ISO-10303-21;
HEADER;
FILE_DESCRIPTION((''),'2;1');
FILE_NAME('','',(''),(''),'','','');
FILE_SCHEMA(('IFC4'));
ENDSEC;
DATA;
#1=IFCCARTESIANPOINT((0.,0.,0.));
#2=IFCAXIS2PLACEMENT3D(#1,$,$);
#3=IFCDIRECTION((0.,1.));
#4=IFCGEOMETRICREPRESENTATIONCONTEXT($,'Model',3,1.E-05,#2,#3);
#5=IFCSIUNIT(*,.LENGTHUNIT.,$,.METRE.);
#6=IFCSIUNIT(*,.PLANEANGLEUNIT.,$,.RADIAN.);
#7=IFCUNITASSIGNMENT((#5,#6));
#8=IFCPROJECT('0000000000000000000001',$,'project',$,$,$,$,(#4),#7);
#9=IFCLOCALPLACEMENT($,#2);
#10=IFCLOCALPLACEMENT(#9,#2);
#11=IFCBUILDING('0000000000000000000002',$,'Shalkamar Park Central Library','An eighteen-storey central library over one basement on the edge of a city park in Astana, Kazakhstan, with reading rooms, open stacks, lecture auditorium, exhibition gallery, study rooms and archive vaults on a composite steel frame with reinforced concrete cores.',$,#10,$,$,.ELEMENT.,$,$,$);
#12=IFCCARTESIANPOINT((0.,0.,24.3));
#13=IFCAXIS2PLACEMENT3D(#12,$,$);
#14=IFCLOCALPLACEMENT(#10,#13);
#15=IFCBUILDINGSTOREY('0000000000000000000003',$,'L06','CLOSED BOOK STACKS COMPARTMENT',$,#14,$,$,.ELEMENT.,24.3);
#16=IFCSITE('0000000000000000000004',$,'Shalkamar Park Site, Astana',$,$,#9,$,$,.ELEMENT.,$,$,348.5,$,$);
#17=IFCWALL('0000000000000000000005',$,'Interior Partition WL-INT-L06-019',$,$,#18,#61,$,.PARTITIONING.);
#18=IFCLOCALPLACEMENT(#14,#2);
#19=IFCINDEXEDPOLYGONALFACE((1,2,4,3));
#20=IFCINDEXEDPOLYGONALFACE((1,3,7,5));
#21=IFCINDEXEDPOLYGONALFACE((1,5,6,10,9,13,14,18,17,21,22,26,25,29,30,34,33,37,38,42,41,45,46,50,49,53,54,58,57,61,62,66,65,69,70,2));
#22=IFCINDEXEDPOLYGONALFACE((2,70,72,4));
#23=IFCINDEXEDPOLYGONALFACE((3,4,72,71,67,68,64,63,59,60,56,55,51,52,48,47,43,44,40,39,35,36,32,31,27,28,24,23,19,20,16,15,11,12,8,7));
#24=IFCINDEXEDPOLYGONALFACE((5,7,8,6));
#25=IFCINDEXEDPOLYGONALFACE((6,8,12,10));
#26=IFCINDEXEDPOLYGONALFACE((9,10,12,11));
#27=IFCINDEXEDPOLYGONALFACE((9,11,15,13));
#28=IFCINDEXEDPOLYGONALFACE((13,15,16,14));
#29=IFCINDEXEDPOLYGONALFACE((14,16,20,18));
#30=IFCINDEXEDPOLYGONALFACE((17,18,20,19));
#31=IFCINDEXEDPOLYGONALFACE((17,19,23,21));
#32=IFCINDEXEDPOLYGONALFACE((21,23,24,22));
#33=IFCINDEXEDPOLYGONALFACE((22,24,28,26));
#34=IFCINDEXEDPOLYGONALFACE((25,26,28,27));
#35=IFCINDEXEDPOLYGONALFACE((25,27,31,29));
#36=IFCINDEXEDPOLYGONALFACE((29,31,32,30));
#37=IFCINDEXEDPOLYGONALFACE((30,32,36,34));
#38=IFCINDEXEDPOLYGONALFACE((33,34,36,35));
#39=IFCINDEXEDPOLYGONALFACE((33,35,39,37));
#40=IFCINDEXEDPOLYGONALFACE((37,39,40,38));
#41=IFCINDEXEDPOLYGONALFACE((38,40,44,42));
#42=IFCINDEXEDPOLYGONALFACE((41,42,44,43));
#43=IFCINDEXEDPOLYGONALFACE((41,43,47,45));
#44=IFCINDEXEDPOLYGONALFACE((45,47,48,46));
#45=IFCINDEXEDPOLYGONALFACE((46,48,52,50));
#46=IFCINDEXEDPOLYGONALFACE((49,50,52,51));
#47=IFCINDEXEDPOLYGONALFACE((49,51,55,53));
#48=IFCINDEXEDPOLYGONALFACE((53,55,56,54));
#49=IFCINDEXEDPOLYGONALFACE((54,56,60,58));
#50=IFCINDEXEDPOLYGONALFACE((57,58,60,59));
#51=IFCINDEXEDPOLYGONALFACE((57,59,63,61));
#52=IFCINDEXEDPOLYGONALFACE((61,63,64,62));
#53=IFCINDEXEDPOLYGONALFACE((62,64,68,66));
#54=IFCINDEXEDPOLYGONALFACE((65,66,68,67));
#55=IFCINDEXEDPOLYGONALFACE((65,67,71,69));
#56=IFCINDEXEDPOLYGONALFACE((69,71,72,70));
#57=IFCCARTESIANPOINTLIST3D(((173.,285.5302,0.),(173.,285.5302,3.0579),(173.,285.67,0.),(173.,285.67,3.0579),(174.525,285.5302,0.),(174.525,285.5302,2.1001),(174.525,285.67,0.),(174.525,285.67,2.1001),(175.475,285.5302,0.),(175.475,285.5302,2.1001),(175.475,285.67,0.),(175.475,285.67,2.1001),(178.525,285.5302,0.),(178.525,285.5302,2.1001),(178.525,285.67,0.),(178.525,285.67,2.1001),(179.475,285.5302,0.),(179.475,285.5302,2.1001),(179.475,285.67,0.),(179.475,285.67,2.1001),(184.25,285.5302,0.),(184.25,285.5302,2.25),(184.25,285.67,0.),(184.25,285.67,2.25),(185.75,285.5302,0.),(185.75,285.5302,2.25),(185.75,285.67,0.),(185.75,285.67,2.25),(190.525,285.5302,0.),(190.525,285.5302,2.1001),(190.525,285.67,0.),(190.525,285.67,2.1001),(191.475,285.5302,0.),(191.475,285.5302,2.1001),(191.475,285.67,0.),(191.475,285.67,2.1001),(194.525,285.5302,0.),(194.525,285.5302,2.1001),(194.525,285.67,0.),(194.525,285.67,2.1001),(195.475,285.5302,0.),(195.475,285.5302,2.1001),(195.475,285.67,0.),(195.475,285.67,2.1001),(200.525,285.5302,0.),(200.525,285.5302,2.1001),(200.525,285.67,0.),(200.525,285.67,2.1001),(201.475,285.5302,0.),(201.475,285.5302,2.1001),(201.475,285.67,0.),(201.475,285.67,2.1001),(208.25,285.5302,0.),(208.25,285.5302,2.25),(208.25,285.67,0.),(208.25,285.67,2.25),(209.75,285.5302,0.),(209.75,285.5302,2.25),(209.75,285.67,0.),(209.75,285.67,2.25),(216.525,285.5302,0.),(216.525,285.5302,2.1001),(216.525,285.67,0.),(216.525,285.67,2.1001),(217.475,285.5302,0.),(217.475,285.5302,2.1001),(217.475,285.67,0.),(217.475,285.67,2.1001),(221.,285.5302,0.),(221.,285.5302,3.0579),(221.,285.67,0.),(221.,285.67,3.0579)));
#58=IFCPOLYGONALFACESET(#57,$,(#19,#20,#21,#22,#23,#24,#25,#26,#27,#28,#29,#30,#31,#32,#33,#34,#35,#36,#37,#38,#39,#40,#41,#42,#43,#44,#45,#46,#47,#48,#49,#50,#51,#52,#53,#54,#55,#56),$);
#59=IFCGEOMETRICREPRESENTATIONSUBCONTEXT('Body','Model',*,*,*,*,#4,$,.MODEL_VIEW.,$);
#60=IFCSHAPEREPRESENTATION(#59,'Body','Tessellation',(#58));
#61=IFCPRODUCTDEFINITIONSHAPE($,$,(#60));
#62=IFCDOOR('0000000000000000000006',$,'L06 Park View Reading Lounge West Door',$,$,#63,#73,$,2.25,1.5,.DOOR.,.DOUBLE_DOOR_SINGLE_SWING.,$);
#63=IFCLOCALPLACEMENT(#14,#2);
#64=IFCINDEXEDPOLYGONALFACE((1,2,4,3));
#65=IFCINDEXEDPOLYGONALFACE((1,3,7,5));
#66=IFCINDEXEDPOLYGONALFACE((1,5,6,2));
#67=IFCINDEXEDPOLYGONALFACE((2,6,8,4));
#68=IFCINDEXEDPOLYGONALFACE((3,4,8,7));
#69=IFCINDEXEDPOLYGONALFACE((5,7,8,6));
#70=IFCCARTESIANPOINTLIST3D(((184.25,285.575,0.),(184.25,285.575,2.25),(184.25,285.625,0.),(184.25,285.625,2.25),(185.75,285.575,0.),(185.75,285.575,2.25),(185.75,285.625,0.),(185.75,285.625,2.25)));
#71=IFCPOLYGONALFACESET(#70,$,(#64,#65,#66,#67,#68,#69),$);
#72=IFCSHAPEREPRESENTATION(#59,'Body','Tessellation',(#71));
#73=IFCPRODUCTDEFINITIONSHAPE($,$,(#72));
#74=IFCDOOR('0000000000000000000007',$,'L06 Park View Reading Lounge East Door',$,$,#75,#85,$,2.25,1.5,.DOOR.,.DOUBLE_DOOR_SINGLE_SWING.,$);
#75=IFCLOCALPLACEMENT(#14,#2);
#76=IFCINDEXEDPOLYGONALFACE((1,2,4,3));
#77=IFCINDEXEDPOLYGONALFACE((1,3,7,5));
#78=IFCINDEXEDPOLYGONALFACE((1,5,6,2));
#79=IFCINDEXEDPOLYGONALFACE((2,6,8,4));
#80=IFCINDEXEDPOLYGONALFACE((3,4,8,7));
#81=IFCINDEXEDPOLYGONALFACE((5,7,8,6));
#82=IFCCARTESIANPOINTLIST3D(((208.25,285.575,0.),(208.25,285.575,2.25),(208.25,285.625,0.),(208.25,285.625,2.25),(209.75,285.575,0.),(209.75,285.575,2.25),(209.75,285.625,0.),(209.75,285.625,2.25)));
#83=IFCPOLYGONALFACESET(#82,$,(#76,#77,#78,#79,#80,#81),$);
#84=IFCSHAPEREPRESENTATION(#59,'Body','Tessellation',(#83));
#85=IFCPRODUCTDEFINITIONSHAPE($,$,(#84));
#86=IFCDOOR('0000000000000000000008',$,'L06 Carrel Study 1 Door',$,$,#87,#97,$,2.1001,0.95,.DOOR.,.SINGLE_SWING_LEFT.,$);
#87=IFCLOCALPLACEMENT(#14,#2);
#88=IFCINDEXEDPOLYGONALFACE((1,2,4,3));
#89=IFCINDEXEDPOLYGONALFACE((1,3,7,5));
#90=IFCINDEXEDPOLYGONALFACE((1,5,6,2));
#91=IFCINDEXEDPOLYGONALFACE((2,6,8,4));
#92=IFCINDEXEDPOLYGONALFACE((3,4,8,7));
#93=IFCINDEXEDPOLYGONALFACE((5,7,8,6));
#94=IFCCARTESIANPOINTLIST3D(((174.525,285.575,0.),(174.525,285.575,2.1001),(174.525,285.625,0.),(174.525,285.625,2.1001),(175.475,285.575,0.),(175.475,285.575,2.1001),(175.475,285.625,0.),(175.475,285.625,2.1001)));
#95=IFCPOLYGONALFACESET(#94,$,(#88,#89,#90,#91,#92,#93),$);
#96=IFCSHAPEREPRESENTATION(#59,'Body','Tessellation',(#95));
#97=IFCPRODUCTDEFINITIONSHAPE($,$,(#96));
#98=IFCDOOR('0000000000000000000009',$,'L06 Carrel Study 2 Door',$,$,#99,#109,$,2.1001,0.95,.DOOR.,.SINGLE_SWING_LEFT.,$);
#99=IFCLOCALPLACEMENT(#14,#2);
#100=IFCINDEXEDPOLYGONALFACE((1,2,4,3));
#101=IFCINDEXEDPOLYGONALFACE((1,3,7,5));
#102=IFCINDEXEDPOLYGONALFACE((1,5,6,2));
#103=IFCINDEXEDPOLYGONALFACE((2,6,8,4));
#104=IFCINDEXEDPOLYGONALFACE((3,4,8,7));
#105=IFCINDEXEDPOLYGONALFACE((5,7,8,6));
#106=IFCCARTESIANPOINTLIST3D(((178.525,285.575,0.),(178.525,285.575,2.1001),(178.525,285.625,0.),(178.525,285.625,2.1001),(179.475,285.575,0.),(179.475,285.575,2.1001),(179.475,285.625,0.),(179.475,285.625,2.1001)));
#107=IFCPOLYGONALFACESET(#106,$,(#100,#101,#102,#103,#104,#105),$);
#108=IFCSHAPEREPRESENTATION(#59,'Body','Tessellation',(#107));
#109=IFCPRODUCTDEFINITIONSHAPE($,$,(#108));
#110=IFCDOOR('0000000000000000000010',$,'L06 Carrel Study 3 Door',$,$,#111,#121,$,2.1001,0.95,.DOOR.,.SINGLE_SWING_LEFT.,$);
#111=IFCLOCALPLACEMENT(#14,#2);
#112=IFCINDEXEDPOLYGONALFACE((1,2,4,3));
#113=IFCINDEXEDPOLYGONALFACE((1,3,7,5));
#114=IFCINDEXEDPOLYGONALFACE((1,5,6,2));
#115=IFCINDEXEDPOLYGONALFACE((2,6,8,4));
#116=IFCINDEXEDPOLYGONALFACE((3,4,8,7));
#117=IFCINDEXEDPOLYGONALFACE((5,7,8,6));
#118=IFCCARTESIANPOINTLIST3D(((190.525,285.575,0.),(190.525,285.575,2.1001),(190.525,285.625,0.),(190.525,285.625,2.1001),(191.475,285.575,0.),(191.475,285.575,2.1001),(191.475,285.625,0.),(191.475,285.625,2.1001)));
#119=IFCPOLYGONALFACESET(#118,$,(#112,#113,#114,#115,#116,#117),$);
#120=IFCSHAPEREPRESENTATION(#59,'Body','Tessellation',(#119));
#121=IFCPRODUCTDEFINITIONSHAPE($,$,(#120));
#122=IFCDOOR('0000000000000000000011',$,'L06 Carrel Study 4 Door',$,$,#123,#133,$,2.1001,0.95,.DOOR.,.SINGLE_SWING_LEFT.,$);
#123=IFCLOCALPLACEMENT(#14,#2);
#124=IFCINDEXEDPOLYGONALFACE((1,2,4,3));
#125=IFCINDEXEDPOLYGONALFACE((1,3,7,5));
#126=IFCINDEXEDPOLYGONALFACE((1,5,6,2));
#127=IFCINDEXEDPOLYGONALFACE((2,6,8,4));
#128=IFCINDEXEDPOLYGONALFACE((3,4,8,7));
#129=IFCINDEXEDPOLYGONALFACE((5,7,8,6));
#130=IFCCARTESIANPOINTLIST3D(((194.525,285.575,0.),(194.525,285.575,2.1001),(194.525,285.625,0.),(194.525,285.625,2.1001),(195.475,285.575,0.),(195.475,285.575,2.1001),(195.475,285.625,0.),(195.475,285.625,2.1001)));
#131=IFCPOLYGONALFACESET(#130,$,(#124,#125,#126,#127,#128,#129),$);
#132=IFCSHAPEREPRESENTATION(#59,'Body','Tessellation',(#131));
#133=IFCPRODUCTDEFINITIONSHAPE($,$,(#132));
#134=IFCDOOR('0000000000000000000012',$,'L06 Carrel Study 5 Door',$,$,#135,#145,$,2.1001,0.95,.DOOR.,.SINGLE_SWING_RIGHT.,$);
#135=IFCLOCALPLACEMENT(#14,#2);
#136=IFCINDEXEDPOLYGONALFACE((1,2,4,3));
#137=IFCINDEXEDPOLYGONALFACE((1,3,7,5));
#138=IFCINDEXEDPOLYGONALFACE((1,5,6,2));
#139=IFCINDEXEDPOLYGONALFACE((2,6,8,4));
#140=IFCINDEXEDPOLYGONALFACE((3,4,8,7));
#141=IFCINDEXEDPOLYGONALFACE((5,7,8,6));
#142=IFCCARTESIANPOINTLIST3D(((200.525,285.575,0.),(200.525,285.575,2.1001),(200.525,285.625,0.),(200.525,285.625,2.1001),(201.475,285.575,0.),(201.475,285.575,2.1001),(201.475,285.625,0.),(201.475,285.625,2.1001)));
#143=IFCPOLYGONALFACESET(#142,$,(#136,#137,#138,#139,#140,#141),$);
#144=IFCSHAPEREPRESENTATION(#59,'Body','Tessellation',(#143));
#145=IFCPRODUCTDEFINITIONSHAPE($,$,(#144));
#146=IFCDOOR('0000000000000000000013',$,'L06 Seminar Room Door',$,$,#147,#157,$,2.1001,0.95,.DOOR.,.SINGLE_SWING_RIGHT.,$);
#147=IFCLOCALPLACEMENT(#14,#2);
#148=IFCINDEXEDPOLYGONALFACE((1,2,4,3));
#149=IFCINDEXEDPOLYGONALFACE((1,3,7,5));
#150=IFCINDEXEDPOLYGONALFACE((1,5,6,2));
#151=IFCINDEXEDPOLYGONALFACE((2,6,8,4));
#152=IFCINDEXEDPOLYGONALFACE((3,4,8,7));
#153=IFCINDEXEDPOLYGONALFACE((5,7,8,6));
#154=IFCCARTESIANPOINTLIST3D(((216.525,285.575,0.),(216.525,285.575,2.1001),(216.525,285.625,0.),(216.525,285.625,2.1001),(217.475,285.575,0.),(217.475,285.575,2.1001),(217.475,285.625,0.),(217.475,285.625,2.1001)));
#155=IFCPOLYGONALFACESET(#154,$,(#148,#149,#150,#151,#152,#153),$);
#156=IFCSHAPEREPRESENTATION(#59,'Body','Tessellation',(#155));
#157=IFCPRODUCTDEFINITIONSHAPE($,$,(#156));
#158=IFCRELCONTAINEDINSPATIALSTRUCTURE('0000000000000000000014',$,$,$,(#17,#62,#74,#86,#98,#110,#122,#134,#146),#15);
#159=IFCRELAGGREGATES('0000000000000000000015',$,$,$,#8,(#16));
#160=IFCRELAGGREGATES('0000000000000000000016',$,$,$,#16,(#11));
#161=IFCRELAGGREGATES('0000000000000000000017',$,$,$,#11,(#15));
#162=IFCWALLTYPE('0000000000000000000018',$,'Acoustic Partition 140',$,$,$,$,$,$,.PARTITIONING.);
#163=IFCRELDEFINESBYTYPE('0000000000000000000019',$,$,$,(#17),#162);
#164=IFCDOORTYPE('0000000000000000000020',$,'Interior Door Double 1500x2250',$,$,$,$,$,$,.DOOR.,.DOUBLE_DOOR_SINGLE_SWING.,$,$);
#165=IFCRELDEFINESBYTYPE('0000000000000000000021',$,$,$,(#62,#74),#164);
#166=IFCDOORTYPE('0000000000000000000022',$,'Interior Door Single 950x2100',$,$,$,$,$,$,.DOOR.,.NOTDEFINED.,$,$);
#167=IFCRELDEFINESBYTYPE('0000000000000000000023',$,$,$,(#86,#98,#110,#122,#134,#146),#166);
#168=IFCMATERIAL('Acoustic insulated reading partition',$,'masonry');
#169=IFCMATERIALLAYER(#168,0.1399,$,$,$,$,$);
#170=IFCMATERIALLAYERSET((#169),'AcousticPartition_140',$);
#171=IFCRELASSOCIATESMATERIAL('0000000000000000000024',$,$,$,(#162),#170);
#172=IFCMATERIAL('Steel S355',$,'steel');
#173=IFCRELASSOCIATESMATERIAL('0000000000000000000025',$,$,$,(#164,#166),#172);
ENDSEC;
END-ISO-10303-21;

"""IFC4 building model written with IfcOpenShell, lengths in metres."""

from ifc_helpers import new_model, si_unit, direction, frame, frame_2d, origin, place, context, subcontext, project, spatial, rectangle, extrude, material, layer, layer_set, type_object, element, fill, save


model = new_model("IFC4")

# Units and contexts
model_context = context("Model", 3, precision=1e-05, world=origin(), true_north=direction((0.0, 1.0)))
body_context = subcontext(model_context, "Body", "Model", "MODEL_VIEW")
ifc_project = project(units=[si_unit("LENGTHUNIT", "METRE"), si_unit("PLANEANGLEUNIT", "RADIAN")], contexts=[model_context])

# Site, building, storey
site_placement = place(None, origin())
site = spatial("IfcSite", under=ifc_project, at=site_placement, Name="Shalkamar Park Site, Astana", CompositionType="ELEMENT", RefElevation=348.5)
building_placement = place(site_placement, origin())
building = spatial("IfcBuilding", under=site, at=building_placement, Name="Shalkamar Park Central Library", Description="An eighteen-storey central library over one basement on the edge of a city park in Astana, Kazakhstan, with reading rooms, open stacks, lecture auditorium, exhibition gallery, study rooms and archive vaults on a composite steel frame with reinforced concrete cores.", CompositionType="ELEMENT")
storey_placement = place(building_placement, frame((0.0, 0.0, 24.3)))
storey = spatial("IfcBuildingStorey", under=building, at=storey_placement, Name="L06", Description="CLOSED BOOK STACKS COMPARTMENT", CompositionType="ELEMENT", Elevation=24.3)

# Shared definitions
ifc_material_1 = material(Name="Steel S355", Category="steel")

# Wall, openings, doors
ifc_material_2 = material(Name="Acoustic insulated reading partition", Category="masonry")
ifc_layer_1 = layer(ifc_material_2, 0.1399)
ifc_layer_set_1 = layer_set([ifc_layer_1], Name="AcousticPartition_140")
wall_type_1 = type_object("IfcWallType", Name="Acoustic Partition 140", PredefinedType="PARTITIONING", material=ifc_layer_set_1)
wall_1_placement = place(storey_placement, frame((173.0, 285.6001, 0.0), z_axis=(0.0, 0.0, 1.0), x_axis=(1.0, 0.0, 0.0)))
wall_1 = element("IfcWall", 1, at=wall_1_placement, inside=storey, type_object=wall_type_1, Name="Interior Partition WL-INT-L06-019", PredefinedType="PARTITIONING", context=body_context, shape_type="SweptSolid", body=[
    extrude(rectangle(XDim=48.0, YDim=0.1399, at=frame_2d((24.0, 0.0))), origin(), (0.0, 0.0, 1.0), 3.0579),
])
opening_1_placement = place(wall_1_placement, frame((1.5249, 0.0, 0.0)))
opening_1 = element("IfcOpeningElement", 2, at=opening_1_placement, cuts=wall_1, PredefinedType="OPENING", context=body_context, shape_type="SweptSolid", body=[
    extrude(rectangle(XDim=0.95, YDim=2.1001, at=frame_2d((0.4751, 1.05))), frame((0.0, 0.085, 0.0), z_axis=(0.0, -1.0, 0.0), x_axis=(1.0, 0.0, 0.0)), (0.0, 0.0, 1.0), 0.1697),
])
opening_2_placement = place(wall_1_placement, frame((5.5249, 0.0, 0.0)))
opening_2 = element("IfcOpeningElement", 3, at=opening_2_placement, cuts=wall_1, PredefinedType="OPENING", context=body_context, shape_type="SweptSolid", body=[
    extrude(rectangle(XDim=0.95, YDim=2.1001, at=frame_2d((0.4751, 1.05))), frame((0.0, 0.085, 0.0), z_axis=(0.0, -1.0, 0.0), x_axis=(1.0, 0.0, 0.0)), (0.0, 0.0, 1.0), 0.1697),
])
opening_3_placement = place(wall_1_placement, frame((11.25, 0.0, 0.0)))
opening_3 = element("IfcOpeningElement", 4, at=opening_3_placement, cuts=wall_1, PredefinedType="OPENING", context=body_context, shape_type="SweptSolid", body=[
    extrude(rectangle(XDim=1.5, YDim=2.25, at=frame_2d((0.75, 1.125))), frame((0.0, 0.085, 0.0), z_axis=(0.0, -1.0, 0.0), x_axis=(1.0, 0.0, 0.0)), (0.0, 0.0, 1.0), 0.1697),
])
opening_4_placement = place(wall_1_placement, frame((17.5249, 0.0, 0.0)))
opening_4 = element("IfcOpeningElement", 5, at=opening_4_placement, cuts=wall_1, PredefinedType="OPENING", context=body_context, shape_type="SweptSolid", body=[
    extrude(rectangle(XDim=0.95, YDim=2.1001, at=frame_2d((0.4751, 1.05))), frame((0.0, 0.085, 0.0), z_axis=(0.0, -1.0, 0.0), x_axis=(1.0, 0.0, 0.0)), (0.0, 0.0, 1.0), 0.1697),
])
opening_5_placement = place(wall_1_placement, frame((21.5249, 0.0, 0.0)))
opening_5 = element("IfcOpeningElement", 6, at=opening_5_placement, cuts=wall_1, PredefinedType="OPENING", context=body_context, shape_type="SweptSolid", body=[
    extrude(rectangle(XDim=0.95, YDim=2.1001, at=frame_2d((0.4751, 1.05))), frame((0.0, 0.085, 0.0), z_axis=(0.0, -1.0, 0.0), x_axis=(1.0, 0.0, 0.0)), (0.0, 0.0, 1.0), 0.1697),
])
opening_6_placement = place(wall_1_placement, frame((27.5249, 0.0, 0.0)))
opening_6 = element("IfcOpeningElement", 7, at=opening_6_placement, cuts=wall_1, PredefinedType="OPENING", context=body_context, shape_type="SweptSolid", body=[
    extrude(rectangle(XDim=0.95, YDim=2.1001, at=frame_2d((0.4751, 1.05))), frame((0.0, 0.085, 0.0), z_axis=(0.0, -1.0, 0.0), x_axis=(1.0, 0.0, 0.0)), (0.0, 0.0, 1.0), 0.1697),
])
opening_7_placement = place(wall_1_placement, frame((35.25, 0.0, 0.0)))
opening_7 = element("IfcOpeningElement", 8, at=opening_7_placement, cuts=wall_1, PredefinedType="OPENING", context=body_context, shape_type="SweptSolid", body=[
    extrude(rectangle(XDim=1.5, YDim=2.25, at=frame_2d((0.75, 1.125))), frame((0.0, 0.085, 0.0), z_axis=(0.0, -1.0, 0.0), x_axis=(1.0, 0.0, 0.0)), (0.0, 0.0, 1.0), 0.1697),
])
opening_8_placement = place(wall_1_placement, frame((43.5249, 0.0, 0.0)))
opening_8 = element("IfcOpeningElement", 9, at=opening_8_placement, cuts=wall_1, PredefinedType="OPENING", context=body_context, shape_type="SweptSolid", body=[
    extrude(rectangle(XDim=0.95, YDim=2.1001, at=frame_2d((0.4751, 1.05))), frame((0.0, 0.085, 0.0), z_axis=(0.0, -1.0, 0.0), x_axis=(1.0, 0.0, 0.0)), (0.0, 0.0, 1.0), 0.1697),
])
door_type_1 = type_object("IfcDoorType", Name="Interior Door Double 1500x2250", OperationType="DOUBLE_DOOR_SINGLE_SWING", PredefinedType="DOOR", material=ifc_material_1)
door_1_placement = place(opening_3_placement, origin())
door_1 = element("IfcDoor", 10, at=door_1_placement, inside=storey, type_object=door_type_1, Name="L06 Park View Reading Lounge West Door", OperationType="DOUBLE_DOOR_SINGLE_SWING", OverallHeight=2.25, OverallWidth=1.5, PredefinedType="DOOR", context=body_context, shape_type="SweptSolid", body=[
    extrude(rectangle(XDim=1.5, YDim=2.25, at=frame_2d((0.75, 1.125))), frame((0.0, 0.0249, 0.0), z_axis=(0.0, -1.0, 0.0), x_axis=(1.0, 0.0, 0.0)), (0.0, 0.0, 1.0), 0.05),
])
fill(opening_3, door_1)
door_2_placement = place(opening_7_placement, origin())
door_2 = element("IfcDoor", 11, at=door_2_placement, inside=storey, type_object=door_type_1, Name="L06 Park View Reading Lounge East Door", OperationType="DOUBLE_DOOR_SINGLE_SWING", OverallHeight=2.25, OverallWidth=1.5, PredefinedType="DOOR", context=body_context, shape_type="SweptSolid", body=[
    extrude(rectangle(XDim=1.5, YDim=2.25, at=frame_2d((0.75, 1.125))), frame((0.0, 0.0249, 0.0), z_axis=(0.0, -1.0, 0.0), x_axis=(1.0, 0.0, 0.0)), (0.0, 0.0, 1.0), 0.05),
])
fill(opening_7, door_2)
door_type_2 = type_object("IfcDoorType", Name="Interior Door Single 950x2100", OperationType="NOTDEFINED", PredefinedType="DOOR", material=ifc_material_1)
door_3_placement = place(opening_1_placement, origin())
door_3 = element("IfcDoor", 12, at=door_3_placement, inside=storey, type_object=door_type_2, Name="L06 Carrel Study 1 Door", OperationType="SINGLE_SWING_LEFT", OverallHeight=2.1001, OverallWidth=0.95, PredefinedType="DOOR", context=body_context, shape_type="SweptSolid", body=[
    extrude(rectangle(XDim=0.95, YDim=2.1001, at=frame_2d((0.4751, 1.05))), frame((0.0, 0.0249, 0.0), z_axis=(0.0, -1.0, 0.0), x_axis=(1.0, 0.0, 0.0)), (0.0, 0.0, 1.0), 0.05),
])
fill(opening_1, door_3)
door_4_placement = place(opening_2_placement, origin())
door_4 = element("IfcDoor", 13, at=door_4_placement, inside=storey, type_object=door_type_2, Name="L06 Carrel Study 2 Door", OperationType="SINGLE_SWING_LEFT", OverallHeight=2.1001, OverallWidth=0.95, PredefinedType="DOOR", context=body_context, shape_type="SweptSolid", body=[
    extrude(rectangle(XDim=0.95, YDim=2.1001, at=frame_2d((0.4751, 1.05))), frame((0.0, 0.0249, 0.0), z_axis=(0.0, -1.0, 0.0), x_axis=(1.0, 0.0, 0.0)), (0.0, 0.0, 1.0), 0.05),
])
fill(opening_2, door_4)
door_5_placement = place(opening_4_placement, origin())
door_5 = element("IfcDoor", 14, at=door_5_placement, inside=storey, type_object=door_type_2, Name="L06 Carrel Study 3 Door", OperationType="SINGLE_SWING_LEFT", OverallHeight=2.1001, OverallWidth=0.95, PredefinedType="DOOR", context=body_context, shape_type="SweptSolid", body=[
    extrude(rectangle(XDim=0.95, YDim=2.1001, at=frame_2d((0.4751, 1.05))), frame((0.0, 0.0249, 0.0), z_axis=(0.0, -1.0, 0.0), x_axis=(1.0, 0.0, 0.0)), (0.0, 0.0, 1.0), 0.05),
])
fill(opening_4, door_5)
door_6_placement = place(opening_5_placement, origin())
door_6 = element("IfcDoor", 15, at=door_6_placement, inside=storey, type_object=door_type_2, Name="L06 Carrel Study 4 Door", OperationType="SINGLE_SWING_LEFT", OverallHeight=2.1001, OverallWidth=0.95, PredefinedType="DOOR", context=body_context, shape_type="SweptSolid", body=[
    extrude(rectangle(XDim=0.95, YDim=2.1001, at=frame_2d((0.4751, 1.05))), frame((0.0, 0.0249, 0.0), z_axis=(0.0, -1.0, 0.0), x_axis=(1.0, 0.0, 0.0)), (0.0, 0.0, 1.0), 0.05),
])
fill(opening_5, door_6)
door_7_placement = place(opening_6_placement, origin())
door_7 = element("IfcDoor", 16, at=door_7_placement, inside=storey, type_object=door_type_2, Name="L06 Carrel Study 5 Door", OperationType="SINGLE_SWING_RIGHT", OverallHeight=2.1001, OverallWidth=0.95, PredefinedType="DOOR", context=body_context, shape_type="SweptSolid", body=[
    extrude(rectangle(XDim=0.95, YDim=2.1001, at=frame_2d((0.4751, 1.05))), frame((0.0, 0.0249, 0.0), z_axis=(0.0, -1.0, 0.0), x_axis=(1.0, 0.0, 0.0)), (0.0, 0.0, 1.0), 0.05),
])
fill(opening_6, door_7)
door_8_placement = place(opening_8_placement, origin())
door_8 = element("IfcDoor", 17, at=door_8_placement, inside=storey, type_object=door_type_2, Name="L06 Seminar Room Door", OperationType="SINGLE_SWING_RIGHT", OverallHeight=2.1001, OverallWidth=0.95, PredefinedType="DOOR", context=body_context, shape_type="SweptSolid", body=[
    extrude(rectangle(XDim=0.95, YDim=2.1001, at=frame_2d((0.4751, 1.05))), frame((0.0, 0.0249, 0.0), z_axis=(0.0, -1.0, 0.0), x_axis=(1.0, 0.0, 0.0)), (0.0, 0.0, 1.0), 0.05),
])
fill(opening_8, door_8)

save(model, "model.ifc")
